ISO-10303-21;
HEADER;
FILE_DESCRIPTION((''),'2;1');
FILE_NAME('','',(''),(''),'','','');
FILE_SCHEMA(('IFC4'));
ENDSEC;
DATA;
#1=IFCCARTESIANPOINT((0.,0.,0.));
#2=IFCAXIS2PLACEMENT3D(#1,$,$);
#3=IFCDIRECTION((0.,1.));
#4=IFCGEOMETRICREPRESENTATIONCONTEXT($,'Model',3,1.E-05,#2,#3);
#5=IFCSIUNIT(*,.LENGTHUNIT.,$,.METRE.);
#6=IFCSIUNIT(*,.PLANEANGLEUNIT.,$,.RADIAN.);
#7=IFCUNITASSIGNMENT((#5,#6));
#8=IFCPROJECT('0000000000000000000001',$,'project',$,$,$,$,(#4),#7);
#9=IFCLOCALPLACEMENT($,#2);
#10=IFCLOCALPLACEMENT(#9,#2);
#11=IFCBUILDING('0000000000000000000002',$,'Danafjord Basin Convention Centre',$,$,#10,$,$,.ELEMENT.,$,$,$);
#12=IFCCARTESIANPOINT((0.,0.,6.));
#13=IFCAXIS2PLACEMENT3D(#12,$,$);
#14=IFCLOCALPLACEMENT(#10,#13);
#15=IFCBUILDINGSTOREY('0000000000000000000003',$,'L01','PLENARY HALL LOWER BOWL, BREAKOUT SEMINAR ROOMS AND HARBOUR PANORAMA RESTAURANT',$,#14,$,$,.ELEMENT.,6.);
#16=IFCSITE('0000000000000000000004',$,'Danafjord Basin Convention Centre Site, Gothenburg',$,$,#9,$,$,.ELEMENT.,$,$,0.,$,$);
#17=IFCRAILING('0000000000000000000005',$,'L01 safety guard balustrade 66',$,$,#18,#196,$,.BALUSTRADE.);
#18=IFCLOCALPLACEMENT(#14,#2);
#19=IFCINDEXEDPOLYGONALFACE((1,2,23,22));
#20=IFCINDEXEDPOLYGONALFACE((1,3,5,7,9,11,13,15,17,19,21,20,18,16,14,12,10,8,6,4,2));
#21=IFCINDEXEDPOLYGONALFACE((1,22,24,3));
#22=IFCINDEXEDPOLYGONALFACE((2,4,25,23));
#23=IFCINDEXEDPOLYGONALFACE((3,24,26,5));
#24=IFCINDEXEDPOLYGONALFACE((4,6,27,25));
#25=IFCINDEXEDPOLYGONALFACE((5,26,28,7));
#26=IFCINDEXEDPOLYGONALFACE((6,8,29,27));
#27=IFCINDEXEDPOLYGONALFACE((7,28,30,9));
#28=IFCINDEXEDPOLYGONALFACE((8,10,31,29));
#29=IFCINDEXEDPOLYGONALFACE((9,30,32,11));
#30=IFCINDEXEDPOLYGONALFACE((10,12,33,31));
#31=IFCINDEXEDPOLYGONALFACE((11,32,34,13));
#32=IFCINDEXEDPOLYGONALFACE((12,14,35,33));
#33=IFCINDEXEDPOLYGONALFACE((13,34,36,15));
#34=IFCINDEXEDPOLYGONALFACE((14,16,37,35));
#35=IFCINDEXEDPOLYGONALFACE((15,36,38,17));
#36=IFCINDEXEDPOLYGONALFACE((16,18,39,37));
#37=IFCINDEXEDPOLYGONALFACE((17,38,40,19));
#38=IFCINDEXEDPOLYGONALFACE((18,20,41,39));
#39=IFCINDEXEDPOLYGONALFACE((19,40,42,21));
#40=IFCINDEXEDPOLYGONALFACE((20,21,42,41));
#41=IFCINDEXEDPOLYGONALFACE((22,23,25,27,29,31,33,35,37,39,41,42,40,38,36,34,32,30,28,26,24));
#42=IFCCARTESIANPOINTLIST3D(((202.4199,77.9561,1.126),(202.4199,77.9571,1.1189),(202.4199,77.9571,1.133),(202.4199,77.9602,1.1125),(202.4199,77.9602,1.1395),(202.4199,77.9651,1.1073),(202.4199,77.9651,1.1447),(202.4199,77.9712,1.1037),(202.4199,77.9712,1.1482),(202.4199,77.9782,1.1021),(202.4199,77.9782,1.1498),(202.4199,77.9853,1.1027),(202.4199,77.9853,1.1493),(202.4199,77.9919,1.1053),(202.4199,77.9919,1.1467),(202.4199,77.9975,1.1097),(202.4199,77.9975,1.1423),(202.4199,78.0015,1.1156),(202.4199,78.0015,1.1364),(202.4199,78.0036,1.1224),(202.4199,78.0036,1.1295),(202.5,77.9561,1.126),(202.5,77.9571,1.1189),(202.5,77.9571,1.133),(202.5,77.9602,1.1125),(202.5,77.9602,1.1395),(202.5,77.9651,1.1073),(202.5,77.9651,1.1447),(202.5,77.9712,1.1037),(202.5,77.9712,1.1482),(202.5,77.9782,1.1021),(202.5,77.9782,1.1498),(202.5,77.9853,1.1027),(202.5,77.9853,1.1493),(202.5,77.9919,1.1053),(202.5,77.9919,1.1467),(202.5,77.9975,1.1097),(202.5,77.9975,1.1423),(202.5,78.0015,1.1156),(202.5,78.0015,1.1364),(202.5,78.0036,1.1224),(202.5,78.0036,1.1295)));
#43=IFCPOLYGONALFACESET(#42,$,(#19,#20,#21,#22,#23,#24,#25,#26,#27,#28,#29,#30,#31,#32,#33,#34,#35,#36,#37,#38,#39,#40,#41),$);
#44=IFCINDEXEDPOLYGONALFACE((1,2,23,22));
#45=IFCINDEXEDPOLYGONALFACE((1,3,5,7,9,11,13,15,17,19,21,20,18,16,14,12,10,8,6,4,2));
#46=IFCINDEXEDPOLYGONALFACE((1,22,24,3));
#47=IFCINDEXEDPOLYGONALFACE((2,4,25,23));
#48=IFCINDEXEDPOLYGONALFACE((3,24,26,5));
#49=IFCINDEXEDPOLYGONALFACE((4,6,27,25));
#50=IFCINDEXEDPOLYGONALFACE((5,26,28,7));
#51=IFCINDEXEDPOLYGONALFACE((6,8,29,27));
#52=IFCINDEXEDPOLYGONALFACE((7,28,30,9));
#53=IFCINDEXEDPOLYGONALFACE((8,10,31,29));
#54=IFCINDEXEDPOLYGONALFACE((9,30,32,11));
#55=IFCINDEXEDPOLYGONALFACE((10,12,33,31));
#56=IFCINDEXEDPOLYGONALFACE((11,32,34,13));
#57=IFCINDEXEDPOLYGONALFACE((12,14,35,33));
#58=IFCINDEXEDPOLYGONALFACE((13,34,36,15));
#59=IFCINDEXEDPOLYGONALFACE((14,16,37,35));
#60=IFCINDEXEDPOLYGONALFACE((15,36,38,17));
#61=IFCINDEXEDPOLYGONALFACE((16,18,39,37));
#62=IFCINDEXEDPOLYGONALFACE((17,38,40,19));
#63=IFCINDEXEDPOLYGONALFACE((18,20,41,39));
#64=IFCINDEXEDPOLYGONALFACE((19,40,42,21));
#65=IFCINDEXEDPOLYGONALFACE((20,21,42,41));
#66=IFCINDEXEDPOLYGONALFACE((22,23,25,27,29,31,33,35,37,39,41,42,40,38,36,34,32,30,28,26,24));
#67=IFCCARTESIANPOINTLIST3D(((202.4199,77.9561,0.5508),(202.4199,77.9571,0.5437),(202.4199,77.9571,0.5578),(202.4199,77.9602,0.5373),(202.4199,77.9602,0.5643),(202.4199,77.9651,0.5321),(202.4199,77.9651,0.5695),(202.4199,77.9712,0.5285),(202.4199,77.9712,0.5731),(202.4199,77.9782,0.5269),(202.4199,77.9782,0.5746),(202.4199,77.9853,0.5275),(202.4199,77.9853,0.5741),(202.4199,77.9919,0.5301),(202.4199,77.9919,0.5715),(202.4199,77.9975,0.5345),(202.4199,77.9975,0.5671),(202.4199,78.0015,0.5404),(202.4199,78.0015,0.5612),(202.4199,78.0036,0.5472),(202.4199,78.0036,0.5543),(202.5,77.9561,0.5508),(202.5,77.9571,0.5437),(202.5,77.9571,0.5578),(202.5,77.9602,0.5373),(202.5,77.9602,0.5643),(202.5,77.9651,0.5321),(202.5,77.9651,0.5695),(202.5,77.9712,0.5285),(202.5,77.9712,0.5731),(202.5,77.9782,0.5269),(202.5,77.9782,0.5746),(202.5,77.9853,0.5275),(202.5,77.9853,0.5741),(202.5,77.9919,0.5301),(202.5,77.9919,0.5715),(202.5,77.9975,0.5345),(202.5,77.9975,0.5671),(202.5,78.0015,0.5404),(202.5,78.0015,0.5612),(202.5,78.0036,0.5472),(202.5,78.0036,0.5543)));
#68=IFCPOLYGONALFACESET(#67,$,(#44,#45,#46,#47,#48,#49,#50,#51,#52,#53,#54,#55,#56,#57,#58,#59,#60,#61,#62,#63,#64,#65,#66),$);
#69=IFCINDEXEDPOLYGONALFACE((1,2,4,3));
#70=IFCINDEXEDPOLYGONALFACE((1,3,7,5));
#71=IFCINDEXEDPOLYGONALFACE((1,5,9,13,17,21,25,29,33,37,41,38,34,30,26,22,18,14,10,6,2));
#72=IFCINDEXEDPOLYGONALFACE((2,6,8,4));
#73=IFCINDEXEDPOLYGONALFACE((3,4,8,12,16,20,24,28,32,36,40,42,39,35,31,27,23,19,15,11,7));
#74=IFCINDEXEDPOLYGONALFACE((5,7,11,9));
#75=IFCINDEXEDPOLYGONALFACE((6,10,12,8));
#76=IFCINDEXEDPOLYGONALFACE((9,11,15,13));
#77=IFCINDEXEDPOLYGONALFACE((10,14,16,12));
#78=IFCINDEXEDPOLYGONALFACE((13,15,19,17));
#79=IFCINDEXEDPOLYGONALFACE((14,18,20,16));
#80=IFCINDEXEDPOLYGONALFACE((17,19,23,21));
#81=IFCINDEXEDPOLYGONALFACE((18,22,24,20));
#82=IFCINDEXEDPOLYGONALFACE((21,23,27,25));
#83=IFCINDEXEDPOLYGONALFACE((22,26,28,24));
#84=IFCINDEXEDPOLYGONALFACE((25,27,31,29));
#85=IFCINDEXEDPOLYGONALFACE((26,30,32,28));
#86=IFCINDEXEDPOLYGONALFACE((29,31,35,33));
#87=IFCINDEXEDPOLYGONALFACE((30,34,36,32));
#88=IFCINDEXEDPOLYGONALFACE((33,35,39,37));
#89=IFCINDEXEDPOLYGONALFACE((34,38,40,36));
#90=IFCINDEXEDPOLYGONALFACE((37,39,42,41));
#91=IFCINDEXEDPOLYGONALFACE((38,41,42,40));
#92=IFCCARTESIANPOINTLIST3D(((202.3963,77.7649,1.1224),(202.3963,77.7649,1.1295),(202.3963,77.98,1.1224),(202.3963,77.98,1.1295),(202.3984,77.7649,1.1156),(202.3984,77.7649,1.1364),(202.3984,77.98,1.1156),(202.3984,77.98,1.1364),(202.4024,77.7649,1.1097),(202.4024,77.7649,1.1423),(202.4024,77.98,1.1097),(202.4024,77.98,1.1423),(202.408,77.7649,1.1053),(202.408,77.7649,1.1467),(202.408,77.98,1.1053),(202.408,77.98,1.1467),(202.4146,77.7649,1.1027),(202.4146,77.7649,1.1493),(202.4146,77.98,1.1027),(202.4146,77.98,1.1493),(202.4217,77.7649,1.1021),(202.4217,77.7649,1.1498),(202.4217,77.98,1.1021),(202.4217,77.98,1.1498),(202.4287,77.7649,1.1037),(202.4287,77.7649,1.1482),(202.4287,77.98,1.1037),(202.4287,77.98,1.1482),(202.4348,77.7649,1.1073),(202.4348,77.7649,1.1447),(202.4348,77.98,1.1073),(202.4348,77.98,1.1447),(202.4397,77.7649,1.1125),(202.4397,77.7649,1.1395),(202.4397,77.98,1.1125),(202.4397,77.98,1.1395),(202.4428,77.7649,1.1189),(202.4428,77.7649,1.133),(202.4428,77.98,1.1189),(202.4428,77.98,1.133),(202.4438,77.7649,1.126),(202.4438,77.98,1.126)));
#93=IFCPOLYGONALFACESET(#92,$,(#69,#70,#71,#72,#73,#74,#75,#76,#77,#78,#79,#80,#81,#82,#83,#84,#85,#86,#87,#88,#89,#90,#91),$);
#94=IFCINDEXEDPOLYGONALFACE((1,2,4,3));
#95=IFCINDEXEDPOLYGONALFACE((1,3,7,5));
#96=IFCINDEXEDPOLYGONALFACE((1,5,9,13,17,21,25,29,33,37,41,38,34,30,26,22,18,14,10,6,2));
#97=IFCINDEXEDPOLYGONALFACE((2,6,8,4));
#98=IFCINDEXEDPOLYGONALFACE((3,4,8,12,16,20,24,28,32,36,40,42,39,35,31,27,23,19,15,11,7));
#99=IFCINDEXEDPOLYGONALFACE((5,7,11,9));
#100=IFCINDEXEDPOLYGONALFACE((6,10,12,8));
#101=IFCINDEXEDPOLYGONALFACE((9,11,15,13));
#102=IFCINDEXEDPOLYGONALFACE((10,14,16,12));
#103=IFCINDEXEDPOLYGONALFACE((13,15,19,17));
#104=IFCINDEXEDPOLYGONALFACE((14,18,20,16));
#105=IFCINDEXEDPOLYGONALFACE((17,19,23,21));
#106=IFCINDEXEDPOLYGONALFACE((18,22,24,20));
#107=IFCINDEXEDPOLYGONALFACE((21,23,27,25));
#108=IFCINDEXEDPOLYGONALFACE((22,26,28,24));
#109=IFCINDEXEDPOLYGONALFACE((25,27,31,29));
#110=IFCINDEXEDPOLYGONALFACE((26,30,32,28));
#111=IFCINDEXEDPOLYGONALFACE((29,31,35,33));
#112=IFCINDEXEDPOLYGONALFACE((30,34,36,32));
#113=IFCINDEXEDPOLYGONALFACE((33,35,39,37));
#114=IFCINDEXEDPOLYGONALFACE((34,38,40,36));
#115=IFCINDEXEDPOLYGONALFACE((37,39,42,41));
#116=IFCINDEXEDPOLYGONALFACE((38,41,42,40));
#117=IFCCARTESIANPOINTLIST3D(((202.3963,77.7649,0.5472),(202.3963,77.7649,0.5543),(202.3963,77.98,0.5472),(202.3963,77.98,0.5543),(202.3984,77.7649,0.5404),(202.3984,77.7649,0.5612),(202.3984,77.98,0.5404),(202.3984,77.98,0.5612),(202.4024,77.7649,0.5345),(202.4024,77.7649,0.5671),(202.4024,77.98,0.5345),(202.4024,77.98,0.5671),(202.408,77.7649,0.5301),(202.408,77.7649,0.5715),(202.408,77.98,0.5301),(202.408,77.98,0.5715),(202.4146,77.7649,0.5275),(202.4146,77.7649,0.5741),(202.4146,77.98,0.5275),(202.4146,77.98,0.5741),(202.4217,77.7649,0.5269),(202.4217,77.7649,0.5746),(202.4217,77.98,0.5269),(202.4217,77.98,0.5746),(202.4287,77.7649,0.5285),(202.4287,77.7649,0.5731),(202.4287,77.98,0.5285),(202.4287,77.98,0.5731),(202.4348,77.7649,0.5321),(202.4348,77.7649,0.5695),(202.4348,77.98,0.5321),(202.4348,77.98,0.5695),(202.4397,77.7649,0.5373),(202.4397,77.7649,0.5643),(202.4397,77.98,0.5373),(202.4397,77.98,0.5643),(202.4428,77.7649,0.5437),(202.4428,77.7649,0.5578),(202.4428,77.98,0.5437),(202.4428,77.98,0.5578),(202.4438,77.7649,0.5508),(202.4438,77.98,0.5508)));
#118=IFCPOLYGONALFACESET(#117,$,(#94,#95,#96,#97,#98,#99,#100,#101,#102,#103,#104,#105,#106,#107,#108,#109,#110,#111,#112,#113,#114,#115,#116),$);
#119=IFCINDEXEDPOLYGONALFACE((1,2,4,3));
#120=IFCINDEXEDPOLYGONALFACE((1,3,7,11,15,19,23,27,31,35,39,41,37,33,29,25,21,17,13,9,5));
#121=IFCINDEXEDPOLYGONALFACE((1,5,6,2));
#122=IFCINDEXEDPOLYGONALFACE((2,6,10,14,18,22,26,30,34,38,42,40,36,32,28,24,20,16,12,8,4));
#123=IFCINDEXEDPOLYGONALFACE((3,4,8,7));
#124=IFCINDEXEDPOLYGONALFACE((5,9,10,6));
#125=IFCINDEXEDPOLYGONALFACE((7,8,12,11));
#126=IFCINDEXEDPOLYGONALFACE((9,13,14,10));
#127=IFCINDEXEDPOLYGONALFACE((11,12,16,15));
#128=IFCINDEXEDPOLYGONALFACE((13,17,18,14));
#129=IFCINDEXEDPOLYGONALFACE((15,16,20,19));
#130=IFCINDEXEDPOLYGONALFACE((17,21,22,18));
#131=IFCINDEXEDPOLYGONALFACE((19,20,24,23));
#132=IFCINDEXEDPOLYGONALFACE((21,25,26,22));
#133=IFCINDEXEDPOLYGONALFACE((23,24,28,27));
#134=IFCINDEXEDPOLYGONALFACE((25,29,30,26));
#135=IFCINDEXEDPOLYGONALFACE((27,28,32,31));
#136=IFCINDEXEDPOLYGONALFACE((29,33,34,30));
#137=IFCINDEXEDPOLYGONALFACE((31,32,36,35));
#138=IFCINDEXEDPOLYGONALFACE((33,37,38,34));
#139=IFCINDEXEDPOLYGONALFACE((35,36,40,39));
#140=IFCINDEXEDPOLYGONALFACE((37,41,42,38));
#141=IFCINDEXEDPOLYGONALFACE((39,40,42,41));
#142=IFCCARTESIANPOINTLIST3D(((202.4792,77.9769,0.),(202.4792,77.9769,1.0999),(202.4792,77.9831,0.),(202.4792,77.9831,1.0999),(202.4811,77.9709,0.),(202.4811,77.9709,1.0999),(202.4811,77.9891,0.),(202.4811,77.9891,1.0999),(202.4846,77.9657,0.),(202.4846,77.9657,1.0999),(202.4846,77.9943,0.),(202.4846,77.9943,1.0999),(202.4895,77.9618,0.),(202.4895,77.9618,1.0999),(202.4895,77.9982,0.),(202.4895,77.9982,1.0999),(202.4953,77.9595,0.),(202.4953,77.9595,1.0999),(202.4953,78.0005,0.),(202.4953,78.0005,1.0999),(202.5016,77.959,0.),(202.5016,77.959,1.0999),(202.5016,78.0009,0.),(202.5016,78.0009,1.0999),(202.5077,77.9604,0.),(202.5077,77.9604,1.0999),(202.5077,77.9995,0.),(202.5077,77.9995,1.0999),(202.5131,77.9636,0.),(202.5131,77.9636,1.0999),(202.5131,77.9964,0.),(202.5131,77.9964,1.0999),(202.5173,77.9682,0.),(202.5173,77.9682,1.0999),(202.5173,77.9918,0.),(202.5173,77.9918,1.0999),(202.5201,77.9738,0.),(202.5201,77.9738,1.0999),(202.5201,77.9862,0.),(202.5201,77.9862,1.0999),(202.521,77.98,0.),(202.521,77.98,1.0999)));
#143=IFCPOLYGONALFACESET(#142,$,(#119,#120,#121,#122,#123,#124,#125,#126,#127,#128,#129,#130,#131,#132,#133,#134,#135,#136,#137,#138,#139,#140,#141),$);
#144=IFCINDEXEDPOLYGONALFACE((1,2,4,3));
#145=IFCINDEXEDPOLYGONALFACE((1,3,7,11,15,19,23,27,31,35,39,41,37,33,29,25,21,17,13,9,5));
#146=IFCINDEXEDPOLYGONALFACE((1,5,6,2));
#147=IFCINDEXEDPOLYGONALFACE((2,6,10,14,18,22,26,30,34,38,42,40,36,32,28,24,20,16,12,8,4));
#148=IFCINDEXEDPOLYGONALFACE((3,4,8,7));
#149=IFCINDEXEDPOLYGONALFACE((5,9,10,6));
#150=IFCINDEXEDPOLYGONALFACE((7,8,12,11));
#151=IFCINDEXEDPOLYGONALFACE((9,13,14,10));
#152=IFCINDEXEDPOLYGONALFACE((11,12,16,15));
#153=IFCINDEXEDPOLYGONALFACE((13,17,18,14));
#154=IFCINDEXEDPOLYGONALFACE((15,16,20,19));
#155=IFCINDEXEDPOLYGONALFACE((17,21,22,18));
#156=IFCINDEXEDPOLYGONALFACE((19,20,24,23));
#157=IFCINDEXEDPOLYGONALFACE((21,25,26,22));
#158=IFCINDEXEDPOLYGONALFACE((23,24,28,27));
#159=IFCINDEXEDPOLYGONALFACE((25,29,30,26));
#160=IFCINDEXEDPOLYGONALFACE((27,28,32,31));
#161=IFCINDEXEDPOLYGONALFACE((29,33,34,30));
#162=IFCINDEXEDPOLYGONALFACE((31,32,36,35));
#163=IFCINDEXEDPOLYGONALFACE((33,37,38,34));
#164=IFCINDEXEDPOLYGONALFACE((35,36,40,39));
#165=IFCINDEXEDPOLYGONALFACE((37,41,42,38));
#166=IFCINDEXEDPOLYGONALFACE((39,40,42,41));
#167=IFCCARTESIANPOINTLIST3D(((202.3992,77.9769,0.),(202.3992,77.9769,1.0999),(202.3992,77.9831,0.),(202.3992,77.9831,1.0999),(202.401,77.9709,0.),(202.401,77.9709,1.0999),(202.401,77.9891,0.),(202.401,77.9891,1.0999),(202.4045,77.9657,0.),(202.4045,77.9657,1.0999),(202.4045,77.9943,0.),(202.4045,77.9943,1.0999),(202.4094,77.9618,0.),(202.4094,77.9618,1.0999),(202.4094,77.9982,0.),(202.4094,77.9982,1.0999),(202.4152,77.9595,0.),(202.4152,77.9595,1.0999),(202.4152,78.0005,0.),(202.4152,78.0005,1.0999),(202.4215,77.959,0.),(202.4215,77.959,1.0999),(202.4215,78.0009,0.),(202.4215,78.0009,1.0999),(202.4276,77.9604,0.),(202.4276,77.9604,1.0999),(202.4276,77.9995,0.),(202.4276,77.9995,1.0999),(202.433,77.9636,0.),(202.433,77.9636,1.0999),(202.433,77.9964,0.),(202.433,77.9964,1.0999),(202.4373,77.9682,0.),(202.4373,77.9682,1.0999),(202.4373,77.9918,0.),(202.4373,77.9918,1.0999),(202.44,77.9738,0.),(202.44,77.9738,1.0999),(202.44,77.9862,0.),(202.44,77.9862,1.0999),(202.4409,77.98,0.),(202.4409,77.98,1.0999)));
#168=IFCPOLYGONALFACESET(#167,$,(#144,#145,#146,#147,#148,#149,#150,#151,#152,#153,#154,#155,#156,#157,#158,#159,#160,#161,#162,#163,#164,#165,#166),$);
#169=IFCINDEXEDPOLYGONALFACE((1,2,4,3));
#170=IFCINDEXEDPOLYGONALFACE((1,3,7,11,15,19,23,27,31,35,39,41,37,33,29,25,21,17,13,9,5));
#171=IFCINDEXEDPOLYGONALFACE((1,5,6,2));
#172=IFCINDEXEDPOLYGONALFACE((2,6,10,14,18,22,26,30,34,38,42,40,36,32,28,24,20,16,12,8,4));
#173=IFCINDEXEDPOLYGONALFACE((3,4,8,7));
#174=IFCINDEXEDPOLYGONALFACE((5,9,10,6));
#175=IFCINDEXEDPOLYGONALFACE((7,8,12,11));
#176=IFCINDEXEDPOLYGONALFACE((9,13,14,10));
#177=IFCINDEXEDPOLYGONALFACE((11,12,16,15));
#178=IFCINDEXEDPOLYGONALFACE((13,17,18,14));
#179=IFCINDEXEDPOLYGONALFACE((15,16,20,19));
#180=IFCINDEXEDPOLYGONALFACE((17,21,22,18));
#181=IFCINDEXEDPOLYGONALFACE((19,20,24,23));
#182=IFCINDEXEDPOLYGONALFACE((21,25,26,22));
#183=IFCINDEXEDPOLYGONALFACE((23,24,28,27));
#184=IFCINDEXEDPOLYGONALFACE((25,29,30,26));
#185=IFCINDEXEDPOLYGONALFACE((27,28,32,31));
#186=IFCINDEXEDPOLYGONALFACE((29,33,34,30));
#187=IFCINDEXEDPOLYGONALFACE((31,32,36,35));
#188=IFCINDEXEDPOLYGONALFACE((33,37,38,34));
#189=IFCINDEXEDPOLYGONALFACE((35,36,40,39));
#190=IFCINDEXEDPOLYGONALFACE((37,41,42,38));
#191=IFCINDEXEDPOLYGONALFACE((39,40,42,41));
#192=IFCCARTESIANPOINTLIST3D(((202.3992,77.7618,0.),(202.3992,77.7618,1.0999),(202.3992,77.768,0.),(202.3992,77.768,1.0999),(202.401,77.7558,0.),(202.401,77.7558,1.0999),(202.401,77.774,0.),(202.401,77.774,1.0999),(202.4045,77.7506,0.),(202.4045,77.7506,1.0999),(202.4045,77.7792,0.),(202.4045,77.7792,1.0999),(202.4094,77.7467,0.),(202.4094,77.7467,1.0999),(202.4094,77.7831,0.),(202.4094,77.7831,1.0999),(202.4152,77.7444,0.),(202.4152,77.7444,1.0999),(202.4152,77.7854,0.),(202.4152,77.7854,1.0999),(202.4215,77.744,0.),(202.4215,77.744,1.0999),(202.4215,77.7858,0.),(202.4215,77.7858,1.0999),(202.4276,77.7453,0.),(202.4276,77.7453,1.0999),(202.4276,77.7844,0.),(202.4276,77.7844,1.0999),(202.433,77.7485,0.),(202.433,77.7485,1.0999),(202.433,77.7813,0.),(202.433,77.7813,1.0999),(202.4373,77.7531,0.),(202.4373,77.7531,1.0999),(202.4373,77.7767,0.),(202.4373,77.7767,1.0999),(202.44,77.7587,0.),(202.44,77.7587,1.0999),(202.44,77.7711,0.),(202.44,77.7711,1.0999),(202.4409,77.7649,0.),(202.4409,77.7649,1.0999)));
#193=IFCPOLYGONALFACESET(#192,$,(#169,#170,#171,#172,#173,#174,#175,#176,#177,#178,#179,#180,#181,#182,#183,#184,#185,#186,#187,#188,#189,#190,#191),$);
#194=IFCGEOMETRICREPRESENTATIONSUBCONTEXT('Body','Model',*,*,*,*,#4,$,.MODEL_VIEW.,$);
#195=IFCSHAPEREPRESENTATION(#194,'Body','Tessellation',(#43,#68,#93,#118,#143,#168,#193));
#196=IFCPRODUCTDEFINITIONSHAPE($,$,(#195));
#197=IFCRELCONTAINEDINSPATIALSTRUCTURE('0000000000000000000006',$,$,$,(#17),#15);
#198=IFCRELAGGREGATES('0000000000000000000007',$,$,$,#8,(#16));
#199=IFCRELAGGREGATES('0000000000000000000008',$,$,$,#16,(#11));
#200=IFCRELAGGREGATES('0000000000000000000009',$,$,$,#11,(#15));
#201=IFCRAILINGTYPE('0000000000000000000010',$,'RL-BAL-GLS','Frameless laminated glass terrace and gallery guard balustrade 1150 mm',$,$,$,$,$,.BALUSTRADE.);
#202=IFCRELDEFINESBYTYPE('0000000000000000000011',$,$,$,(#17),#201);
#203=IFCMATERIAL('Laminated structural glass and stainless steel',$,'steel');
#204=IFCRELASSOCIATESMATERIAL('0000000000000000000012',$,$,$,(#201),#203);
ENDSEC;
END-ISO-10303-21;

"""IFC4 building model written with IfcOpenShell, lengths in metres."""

from ifc_helpers import new_model, si_unit, direction, frame, origin, origin_2d, place, context, subcontext, project, spatial, circle, extrude, material, type_object, element, save


model = new_model("IFC4")

# Units and contexts
model_context = context("Model", 3, precision=1e-05, world=origin(), true_north=direction((0.0, 1.0)))
body_context = subcontext(model_context, "Body", "Model", "MODEL_VIEW")
ifc_project = project(units=[si_unit("LENGTHUNIT", "METRE"), si_unit("PLANEANGLEUNIT", "RADIAN")], contexts=[model_context])

# Site, building, storey
site_placement = place(None, origin())
site = spatial("IfcSite", under=ifc_project, at=site_placement, Name="Danafjord Basin Convention Centre Site, Gothenburg", CompositionType="ELEMENT", RefElevation=0.0)
building_placement = place(site_placement, origin())
building = spatial("IfcBuilding", under=site, at=building_placement, Name="Danafjord Basin Convention Centre", CompositionType="ELEMENT")
storey_placement = place(building_placement, frame((0.0, 0.0, 6.0)))
storey = spatial("IfcBuildingStorey", under=building, at=storey_placement, Name="L01", Description="PLENARY HALL LOWER BOWL, BREAKOUT SEMINAR ROOMS AND HARBOUR PANORAMA RESTAURANT", CompositionType="ELEMENT", Elevation=6.0)

# Railing
ifc_material_1 = material(Name="Laminated structural glass and stainless steel", Category="steel")
railing_type_1 = type_object("IfcRailingType", Name="RL-BAL-GLS", Description="Frameless laminated glass terrace and gallery guard balustrade 1150 mm", PredefinedType="BALUSTRADE", material=ifc_material_1)
railing_1_placement = place(storey_placement, frame((202.5, 77.98, 0.0)))
element("IfcRailing", 1, at=railing_1_placement, inside=storey, type_object=railing_type_1, Name="L01 safety guard balustrade 66", PredefinedType="BALUSTRADE", context=body_context, shape_type="SweptSolid", body=[
    extrude(circle(Radius=0.0239, at=origin_2d()), frame((0.0, 0.0, 1.126), z_axis=(-1.0, 0.0, 0.0), x_axis=(0.0, -1.0, 0.0)), (0.0, 0.0, 1.0), 0.0801),
    extrude(circle(Radius=0.0239, at=origin_2d()), frame((0.0, 0.0, 0.5508), z_axis=(-1.0, 0.0, 0.0), x_axis=(0.0, -1.0, 0.0)), (0.0, 0.0, 1.0), 0.0801),
    extrude(circle(Radius=0.0239, at=origin_2d()), frame((-0.0801, 0.0, 1.126), z_axis=(0.0, -1.0, 0.0), x_axis=(1.0, 0.0, 0.0)), (0.0, 0.0, 1.0), 0.2151),
    extrude(circle(Radius=0.0239, at=origin_2d()), frame((-0.0801, 0.0, 0.5508), z_axis=(0.0, -1.0, 0.0), x_axis=(1.0, 0.0, 0.0)), (0.0, 0.0, 1.0), 0.2151),
    extrude(circle(Radius=0.021, at=origin_2d()), origin(), (0.0, 0.0, 1.0), 1.0999),
    extrude(circle(Radius=0.021, at=origin_2d()), frame((-0.0801, 0.0, 0.0)), (0.0, 0.0, 1.0), 1.0999),
    extrude(circle(Radius=0.021, at=origin_2d()), frame((-0.0801, -0.2151, 0.0)), (0.0, 0.0, 1.0), 1.0999),
])

save(model, "model.ifc")
